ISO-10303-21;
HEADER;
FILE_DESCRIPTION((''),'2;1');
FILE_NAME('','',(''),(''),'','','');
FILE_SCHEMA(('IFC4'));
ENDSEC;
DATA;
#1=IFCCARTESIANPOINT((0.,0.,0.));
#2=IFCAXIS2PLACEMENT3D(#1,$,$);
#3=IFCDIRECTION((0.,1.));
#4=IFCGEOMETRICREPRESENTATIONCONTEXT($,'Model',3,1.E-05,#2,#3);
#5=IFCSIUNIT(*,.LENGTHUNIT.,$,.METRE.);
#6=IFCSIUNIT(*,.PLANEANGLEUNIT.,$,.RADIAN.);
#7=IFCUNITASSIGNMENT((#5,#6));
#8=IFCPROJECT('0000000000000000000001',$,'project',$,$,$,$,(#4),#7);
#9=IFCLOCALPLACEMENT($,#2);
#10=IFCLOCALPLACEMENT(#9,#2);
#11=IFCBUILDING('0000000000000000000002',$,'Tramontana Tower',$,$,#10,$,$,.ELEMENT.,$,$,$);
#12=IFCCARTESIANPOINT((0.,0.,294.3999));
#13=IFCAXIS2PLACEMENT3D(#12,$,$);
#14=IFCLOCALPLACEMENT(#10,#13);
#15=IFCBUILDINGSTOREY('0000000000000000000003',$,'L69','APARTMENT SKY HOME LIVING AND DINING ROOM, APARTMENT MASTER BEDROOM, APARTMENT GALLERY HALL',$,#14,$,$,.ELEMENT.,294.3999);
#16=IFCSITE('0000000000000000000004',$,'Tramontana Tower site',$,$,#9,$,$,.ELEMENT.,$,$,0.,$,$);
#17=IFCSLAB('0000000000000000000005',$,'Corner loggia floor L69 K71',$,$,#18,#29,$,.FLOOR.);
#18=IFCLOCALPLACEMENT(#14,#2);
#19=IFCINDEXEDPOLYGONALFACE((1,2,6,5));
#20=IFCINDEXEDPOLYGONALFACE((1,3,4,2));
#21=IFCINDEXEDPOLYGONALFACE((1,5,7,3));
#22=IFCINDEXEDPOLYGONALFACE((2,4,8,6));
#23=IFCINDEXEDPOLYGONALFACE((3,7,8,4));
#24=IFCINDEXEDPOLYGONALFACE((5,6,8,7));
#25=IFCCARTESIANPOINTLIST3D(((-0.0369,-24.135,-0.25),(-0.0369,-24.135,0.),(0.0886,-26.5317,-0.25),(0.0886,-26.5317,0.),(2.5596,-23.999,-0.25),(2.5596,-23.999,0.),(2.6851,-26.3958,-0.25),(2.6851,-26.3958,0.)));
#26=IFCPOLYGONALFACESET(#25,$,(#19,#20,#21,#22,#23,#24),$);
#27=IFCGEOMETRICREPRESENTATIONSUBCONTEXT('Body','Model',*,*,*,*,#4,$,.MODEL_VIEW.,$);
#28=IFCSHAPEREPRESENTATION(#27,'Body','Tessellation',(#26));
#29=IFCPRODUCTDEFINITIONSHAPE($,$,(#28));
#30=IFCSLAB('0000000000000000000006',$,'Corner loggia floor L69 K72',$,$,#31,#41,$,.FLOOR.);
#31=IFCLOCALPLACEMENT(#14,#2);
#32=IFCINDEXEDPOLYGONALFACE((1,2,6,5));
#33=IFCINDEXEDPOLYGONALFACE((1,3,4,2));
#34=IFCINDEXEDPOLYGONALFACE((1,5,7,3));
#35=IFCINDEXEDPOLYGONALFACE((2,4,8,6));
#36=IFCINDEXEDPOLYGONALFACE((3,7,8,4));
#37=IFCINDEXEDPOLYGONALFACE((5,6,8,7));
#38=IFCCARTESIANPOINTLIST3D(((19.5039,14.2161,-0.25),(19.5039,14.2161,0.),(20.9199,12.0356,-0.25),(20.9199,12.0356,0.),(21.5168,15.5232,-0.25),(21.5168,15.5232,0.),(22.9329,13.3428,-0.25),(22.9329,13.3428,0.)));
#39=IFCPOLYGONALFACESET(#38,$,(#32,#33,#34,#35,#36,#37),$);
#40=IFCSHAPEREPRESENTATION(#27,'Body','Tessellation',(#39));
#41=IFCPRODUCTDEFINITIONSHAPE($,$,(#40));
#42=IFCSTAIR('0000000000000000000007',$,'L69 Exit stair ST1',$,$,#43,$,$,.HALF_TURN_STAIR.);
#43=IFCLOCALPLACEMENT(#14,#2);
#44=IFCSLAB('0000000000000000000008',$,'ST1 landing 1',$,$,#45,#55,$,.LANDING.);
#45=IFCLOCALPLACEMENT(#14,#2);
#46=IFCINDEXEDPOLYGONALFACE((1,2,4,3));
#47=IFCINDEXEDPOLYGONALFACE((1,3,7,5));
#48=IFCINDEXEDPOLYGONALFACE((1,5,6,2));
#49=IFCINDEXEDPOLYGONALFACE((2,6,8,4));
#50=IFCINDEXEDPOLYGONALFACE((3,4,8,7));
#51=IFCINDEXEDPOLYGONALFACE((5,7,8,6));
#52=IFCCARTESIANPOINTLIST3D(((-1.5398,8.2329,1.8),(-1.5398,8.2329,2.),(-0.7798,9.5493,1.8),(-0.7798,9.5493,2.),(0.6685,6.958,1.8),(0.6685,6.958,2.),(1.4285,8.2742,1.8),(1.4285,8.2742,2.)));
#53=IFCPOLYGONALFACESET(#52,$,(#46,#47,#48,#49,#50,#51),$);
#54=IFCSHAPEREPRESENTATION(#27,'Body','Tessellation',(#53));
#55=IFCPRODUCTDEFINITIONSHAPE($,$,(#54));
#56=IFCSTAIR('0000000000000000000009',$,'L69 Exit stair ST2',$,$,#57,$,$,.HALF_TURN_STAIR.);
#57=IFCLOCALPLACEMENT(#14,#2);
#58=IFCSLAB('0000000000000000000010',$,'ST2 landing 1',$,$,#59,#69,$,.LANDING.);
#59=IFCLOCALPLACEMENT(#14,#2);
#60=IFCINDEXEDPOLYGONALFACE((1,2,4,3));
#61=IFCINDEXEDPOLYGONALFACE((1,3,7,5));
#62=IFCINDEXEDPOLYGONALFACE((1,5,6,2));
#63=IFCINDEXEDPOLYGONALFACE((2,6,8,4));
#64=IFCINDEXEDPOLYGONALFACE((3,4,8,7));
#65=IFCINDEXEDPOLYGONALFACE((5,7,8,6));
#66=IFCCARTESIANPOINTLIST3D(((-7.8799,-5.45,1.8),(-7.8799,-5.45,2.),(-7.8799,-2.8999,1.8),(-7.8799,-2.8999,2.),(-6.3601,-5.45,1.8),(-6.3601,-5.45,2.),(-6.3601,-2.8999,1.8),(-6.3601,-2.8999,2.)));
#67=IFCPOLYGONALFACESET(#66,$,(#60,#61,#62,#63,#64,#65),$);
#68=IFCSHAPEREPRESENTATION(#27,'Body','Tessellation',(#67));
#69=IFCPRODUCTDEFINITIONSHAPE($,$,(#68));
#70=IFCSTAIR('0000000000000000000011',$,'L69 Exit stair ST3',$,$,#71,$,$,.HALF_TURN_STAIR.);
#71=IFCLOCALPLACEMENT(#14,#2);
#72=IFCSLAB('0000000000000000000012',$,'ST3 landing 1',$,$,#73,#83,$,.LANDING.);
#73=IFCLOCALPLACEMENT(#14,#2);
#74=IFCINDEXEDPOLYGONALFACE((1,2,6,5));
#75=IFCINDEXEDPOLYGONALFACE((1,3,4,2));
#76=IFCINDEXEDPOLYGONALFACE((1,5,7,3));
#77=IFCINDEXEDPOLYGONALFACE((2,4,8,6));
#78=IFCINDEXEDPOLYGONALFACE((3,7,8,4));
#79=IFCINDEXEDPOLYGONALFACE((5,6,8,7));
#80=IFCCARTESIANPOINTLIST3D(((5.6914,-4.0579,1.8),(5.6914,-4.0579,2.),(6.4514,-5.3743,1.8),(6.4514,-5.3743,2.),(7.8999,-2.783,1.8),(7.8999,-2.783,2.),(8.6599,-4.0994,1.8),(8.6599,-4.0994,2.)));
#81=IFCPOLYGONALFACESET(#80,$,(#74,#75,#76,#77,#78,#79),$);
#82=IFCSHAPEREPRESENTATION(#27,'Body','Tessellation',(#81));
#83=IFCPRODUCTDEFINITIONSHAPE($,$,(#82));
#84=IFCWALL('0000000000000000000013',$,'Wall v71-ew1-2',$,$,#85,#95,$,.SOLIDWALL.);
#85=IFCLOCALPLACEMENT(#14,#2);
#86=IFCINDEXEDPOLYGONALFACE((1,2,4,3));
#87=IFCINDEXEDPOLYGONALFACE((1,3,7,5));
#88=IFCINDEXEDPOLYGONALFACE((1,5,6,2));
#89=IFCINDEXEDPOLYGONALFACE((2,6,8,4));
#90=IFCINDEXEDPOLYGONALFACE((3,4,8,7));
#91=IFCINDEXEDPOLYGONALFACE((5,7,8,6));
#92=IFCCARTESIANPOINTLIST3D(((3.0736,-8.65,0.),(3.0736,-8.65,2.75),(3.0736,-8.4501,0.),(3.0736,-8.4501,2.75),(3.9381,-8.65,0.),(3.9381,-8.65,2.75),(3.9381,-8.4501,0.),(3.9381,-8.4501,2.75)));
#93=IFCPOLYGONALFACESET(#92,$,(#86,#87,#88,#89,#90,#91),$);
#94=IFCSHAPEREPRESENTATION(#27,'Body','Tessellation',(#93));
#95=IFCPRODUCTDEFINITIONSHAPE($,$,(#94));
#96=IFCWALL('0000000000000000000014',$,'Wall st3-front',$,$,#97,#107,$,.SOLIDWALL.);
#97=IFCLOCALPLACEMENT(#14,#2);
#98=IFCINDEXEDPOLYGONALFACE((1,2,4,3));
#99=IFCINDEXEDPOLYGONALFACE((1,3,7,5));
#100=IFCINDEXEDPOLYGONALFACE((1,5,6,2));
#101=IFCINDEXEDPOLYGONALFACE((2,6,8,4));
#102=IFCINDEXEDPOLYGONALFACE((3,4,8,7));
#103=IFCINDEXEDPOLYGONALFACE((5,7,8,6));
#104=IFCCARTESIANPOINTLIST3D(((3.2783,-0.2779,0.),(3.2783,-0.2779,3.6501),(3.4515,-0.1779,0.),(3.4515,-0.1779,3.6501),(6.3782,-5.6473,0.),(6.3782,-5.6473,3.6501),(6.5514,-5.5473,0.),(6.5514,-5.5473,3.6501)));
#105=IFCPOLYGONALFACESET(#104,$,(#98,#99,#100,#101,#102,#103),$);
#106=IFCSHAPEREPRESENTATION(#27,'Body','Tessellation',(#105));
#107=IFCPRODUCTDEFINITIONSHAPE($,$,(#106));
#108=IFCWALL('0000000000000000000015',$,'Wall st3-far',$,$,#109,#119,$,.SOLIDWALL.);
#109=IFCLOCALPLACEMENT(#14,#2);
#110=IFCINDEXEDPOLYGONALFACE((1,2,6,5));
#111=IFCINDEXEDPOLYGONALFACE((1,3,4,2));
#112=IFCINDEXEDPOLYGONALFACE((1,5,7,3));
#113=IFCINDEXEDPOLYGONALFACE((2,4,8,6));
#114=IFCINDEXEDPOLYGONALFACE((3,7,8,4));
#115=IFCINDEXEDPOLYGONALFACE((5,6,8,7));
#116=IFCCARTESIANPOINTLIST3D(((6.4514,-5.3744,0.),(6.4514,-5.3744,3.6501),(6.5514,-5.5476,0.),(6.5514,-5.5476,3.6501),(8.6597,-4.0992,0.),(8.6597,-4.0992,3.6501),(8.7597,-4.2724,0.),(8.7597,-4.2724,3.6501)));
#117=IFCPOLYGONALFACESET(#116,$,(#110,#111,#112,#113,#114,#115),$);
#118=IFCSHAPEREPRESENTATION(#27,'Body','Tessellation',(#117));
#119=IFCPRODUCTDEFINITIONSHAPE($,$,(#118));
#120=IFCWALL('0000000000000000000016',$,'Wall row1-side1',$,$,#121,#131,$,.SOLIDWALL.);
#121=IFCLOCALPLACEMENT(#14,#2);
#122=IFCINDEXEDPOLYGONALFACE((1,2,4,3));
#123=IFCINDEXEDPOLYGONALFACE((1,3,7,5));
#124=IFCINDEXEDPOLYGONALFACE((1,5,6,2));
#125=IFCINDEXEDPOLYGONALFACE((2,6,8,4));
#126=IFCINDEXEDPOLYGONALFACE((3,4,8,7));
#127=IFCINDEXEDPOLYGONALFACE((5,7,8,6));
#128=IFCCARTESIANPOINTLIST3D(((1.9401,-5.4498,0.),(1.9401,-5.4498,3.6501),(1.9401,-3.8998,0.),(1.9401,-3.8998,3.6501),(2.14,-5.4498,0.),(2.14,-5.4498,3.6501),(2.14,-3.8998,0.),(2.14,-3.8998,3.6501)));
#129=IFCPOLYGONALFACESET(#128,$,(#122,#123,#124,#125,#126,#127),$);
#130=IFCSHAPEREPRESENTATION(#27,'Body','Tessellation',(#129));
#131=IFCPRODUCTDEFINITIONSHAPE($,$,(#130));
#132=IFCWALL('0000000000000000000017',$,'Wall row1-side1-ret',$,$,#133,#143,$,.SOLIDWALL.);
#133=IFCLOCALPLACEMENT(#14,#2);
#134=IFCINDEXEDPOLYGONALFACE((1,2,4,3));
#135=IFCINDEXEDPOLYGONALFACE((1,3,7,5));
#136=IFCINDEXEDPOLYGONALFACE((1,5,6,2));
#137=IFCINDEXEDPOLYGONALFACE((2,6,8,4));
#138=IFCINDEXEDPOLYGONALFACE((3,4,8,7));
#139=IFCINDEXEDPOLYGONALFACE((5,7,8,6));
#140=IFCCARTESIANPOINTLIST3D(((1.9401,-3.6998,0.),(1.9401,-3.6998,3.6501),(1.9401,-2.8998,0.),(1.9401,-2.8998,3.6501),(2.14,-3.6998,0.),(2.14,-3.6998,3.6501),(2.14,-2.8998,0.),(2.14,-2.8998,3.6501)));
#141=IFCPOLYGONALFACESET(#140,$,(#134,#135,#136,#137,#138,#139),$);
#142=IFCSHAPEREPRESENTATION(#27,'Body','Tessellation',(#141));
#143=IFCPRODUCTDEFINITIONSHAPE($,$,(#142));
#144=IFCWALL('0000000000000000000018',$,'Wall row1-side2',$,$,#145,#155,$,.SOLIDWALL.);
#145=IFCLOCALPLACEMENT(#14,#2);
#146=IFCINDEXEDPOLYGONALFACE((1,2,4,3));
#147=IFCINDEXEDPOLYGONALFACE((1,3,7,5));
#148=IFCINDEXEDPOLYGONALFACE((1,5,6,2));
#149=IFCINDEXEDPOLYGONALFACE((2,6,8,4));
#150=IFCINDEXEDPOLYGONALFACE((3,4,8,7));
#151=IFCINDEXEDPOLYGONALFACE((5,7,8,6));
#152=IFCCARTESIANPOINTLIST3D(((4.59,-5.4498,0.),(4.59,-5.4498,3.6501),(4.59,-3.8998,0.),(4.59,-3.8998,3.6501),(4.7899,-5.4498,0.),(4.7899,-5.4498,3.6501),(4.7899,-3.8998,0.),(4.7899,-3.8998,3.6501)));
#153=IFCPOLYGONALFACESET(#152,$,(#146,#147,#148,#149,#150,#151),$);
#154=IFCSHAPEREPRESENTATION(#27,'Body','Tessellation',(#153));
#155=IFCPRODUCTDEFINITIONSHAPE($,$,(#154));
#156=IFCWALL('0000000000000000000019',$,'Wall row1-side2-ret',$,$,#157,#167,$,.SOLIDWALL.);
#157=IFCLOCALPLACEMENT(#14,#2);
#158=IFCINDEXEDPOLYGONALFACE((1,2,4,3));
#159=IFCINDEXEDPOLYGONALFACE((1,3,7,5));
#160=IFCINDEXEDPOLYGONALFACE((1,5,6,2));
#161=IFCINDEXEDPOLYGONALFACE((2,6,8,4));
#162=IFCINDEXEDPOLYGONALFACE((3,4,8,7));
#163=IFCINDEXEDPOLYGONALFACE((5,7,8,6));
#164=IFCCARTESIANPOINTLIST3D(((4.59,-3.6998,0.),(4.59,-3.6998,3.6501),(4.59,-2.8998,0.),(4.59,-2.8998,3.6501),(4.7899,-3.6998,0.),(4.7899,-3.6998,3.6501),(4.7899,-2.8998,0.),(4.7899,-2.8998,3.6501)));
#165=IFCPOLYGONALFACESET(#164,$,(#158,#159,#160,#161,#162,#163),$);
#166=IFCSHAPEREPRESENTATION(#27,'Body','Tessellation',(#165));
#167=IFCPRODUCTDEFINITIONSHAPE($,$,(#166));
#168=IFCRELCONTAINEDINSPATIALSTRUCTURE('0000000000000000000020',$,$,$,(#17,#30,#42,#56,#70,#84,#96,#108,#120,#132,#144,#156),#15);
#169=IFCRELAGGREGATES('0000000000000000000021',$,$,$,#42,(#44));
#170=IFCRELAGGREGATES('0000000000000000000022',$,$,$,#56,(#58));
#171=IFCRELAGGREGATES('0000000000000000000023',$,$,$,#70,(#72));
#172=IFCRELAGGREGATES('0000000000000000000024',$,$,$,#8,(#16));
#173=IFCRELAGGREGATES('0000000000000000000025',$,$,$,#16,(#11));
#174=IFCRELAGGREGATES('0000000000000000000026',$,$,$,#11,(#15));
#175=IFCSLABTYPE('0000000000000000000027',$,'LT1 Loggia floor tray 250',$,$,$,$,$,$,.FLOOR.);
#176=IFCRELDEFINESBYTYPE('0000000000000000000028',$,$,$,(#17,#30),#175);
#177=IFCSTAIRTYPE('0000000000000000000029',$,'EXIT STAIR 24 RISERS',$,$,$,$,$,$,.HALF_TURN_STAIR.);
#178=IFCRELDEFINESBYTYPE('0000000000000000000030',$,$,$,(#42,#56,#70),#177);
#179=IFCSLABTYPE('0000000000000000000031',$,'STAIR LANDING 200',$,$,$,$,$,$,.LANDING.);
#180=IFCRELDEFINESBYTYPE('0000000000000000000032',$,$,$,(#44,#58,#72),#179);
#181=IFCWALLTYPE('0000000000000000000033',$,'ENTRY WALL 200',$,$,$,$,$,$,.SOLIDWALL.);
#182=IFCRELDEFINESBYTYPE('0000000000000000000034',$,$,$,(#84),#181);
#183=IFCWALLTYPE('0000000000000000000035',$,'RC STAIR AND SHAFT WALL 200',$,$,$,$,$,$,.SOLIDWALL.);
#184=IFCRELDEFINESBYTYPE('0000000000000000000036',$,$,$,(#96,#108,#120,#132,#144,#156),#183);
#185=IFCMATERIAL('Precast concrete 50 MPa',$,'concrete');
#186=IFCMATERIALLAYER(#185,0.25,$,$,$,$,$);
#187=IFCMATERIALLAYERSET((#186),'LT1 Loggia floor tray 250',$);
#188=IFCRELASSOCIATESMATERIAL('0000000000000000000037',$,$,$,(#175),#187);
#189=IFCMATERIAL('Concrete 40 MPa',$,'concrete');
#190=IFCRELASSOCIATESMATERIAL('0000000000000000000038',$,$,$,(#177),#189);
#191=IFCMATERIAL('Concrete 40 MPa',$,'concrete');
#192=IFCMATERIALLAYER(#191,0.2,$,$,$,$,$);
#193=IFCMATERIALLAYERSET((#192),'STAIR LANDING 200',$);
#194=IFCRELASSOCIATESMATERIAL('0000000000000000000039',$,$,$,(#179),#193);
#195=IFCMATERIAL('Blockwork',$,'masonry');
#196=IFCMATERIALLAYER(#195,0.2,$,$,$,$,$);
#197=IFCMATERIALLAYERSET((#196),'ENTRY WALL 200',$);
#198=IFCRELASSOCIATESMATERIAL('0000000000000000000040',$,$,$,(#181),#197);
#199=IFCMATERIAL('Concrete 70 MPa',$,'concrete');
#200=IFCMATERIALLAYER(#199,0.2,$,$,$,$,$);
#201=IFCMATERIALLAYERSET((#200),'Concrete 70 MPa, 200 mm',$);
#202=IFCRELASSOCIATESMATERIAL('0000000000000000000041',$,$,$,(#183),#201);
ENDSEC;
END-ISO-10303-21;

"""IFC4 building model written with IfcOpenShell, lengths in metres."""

from ifc_helpers import new_model, si_unit, direction, frame, frame_2d, origin, place, context, subcontext, project, spatial, polyline, rectangle, outline, extrude, material, layer, layer_set, type_object, element, aggregate, save


model = new_model("IFC4")

# Units and contexts
model_context = context("Model", 3, precision=1e-05, world=origin(), true_north=direction((0.0, 1.0)))
body_context = subcontext(model_context, "Body", "Model", "MODEL_VIEW")
ifc_project = project(units=[si_unit("LENGTHUNIT", "METRE"), si_unit("PLANEANGLEUNIT", "RADIAN")], contexts=[model_context])

# Site, building, storey
site_placement = place(None, origin())
site = spatial("IfcSite", under=ifc_project, at=site_placement, Name="Tramontana Tower site", CompositionType="ELEMENT", RefElevation=0.0)
building_placement = place(site_placement, origin())
building = spatial("IfcBuilding", under=site, at=building_placement, Name="Tramontana Tower", CompositionType="ELEMENT")
storey_placement = place(building_placement, frame((0.0, 0.0, 294.3999)))
storey = spatial("IfcBuildingStorey", under=building, at=storey_placement, Name="L69", Description="APARTMENT SKY HOME LIVING AND DINING ROOM, APARTMENT MASTER BEDROOM, APARTMENT GALLERY HALL", CompositionType="ELEMENT", Elevation=294.3999)

# Slabs
ifc_material_1 = material(Name="Precast concrete 50 MPa", Category="concrete")
ifc_layer_1 = layer(ifc_material_1, 0.25)
ifc_layer_set_1 = layer_set([ifc_layer_1], Name="LT1 Loggia floor tray 250")
slab_type_1 = type_object("IfcSlabType", Name="LT1 Loggia floor tray 250", PredefinedType="FLOOR", material=ifc_layer_set_1)
slab_1_placement = place(storey_placement, frame((0.0, 0.0, -0.25)))
element("IfcSlab", 1, at=slab_1_placement, inside=storey, type_object=slab_type_1, Name="Corner loggia floor L69 K71", PredefinedType="FLOOR", context=body_context, shape_type="SweptSolid", body=[
    extrude(outline(polyline([(0.0886, -26.5317), (-0.0369, -24.135), (2.5596, -23.999), (2.6851, -26.3958), (0.0886, -26.5317)])), origin(), (0.0, 0.0, 1.0), 0.25),
])
slab_2_placement = place(storey_placement, frame((0.0, 0.0, -0.25)))
element("IfcSlab", 2, at=slab_2_placement, inside=storey, type_object=slab_type_1, Name="Corner loggia floor L69 K72", PredefinedType="FLOOR", context=body_context, shape_type="SweptSolid", body=[
    extrude(outline(polyline([(22.9329, 13.3428), (20.9199, 12.0356), (19.5039, 14.2161), (21.5168, 15.5232), (22.9329, 13.3428)])), origin(), (0.0, 0.0, 1.0), 0.25),
])

# Stairs, slabs
ifc_material_2 = material(Name="Concrete 40 MPa", Category="concrete")
stair_type = type_object("IfcStairType", Name="EXIT STAIR 24 RISERS", PredefinedType="HALF_TURN_STAIR", material=ifc_material_2)
stair_1_placement = place(storey_placement, origin())
stair_1 = element("IfcStair", 3, at=stair_1_placement, inside=storey, type_object=stair_type, Name="L69 Exit stair ST1", PredefinedType="HALF_TURN_STAIR")
ifc_material_3 = material(Name="Concrete 40 MPa", Category="concrete")
ifc_layer_2 = layer(ifc_material_3, 0.2)
ifc_layer_set_2 = layer_set([ifc_layer_2], Name="STAIR LANDING 200")
slab_type_2 = type_object("IfcSlabType", Name="STAIR LANDING 200", PredefinedType="LANDING", material=ifc_layer_set_2)
slab_3_placement = place(storey_placement, frame((0.0, 0.0, 1.8)))
slab_3 = element("IfcSlab", 4, at=slab_3_placement, type_object=slab_type_2, Name="ST1 landing 1", PredefinedType="LANDING", context=body_context, shape_type="SweptSolid", body=[
    extrude(outline(polyline([(0.6685, 6.958), (1.4285, 8.2742), (-0.7798, 9.5493), (-1.5398, 8.2329), (0.6685, 6.958)])), origin(), (0.0, 0.0, 1.0), 0.2),
])
aggregate(stair_1, [slab_3])
stair_2_placement = place(storey_placement, origin())
stair_2 = element("IfcStair", 5, at=stair_2_placement, inside=storey, type_object=stair_type, Name="L69 Exit stair ST2", PredefinedType="HALF_TURN_STAIR")
slab_4_placement = place(storey_placement, frame((0.0, 0.0, 1.8)))
slab_4 = element("IfcSlab", 6, at=slab_4_placement, type_object=slab_type_2, Name="ST2 landing 1", PredefinedType="LANDING", context=body_context, shape_type="SweptSolid", body=[
    extrude(outline(polyline([(-6.3601, -2.8999), (-7.8799, -2.8999), (-7.8799, -5.45), (-6.3601, -5.45), (-6.3601, -2.8999)])), origin(), (0.0, 0.0, 1.0), 0.2),
])
aggregate(stair_2, [slab_4])
stair_3_placement = place(storey_placement, origin())
stair_3 = element("IfcStair", 7, at=stair_3_placement, inside=storey, type_object=stair_type, Name="L69 Exit stair ST3", PredefinedType="HALF_TURN_STAIR")
slab_5_placement = place(storey_placement, frame((0.0, 0.0, 1.8)))
slab_5 = element("IfcSlab", 8, at=slab_5_placement, type_object=slab_type_2, Name="ST3 landing 1", PredefinedType="LANDING", context=body_context, shape_type="SweptSolid", body=[
    extrude(outline(polyline([(5.6914, -4.0579), (6.4514, -5.3743), (8.6599, -4.0994), (7.8999, -2.783), (5.6914, -4.0579)])), origin(), (0.0, 0.0, 1.0), 0.2),
])

# Walls
ifc_material_4 = material(Name="Blockwork", Category="masonry")
ifc_layer_3 = layer(ifc_material_4, 0.2)
ifc_layer_set_3 = layer_set([ifc_layer_3], Name="ENTRY WALL 200")
wall_type_1 = type_object("IfcWallType", Name="ENTRY WALL 200", PredefinedType="SOLIDWALL", material=ifc_layer_set_3)
wall_1_placement = place(storey_placement, frame((3.938, -8.55, 0.0), z_axis=(0.0, 0.0, 1.0), x_axis=(-1.0, 0.0, 0.0)))
element("IfcWall", 9, at=wall_1_placement, inside=storey, type_object=wall_type_1, Name="Wall v71-ew1-2", PredefinedType="SOLIDWALL", context=body_context, shape_type="SweptSolid", body=[
    extrude(rectangle(XDim=0.8645, YDim=0.2, at=frame_2d((0.4321, 0.0))), origin(), (0.0, 0.0, 1.0), 2.75),
])
ifc_material_5 = material(Name="Concrete 70 MPa", Category="concrete")
ifc_layer_4 = layer(ifc_material_5, 0.2)
ifc_layer_set_4 = layer_set([ifc_layer_4], Name="Concrete 70 MPa, 200 mm")
wall_type_2 = type_object("IfcWallType", Name="RC STAIR AND SHAFT WALL 200", PredefinedType="SOLIDWALL", material=ifc_layer_set_4)
wall_2_placement = place(storey_placement, frame((6.4648, -5.5974, 0.0), z_axis=(0.0, 0.0, 1.0), x_axis=(-0.49998, 0.866037, 0.0)))
element("IfcWall", 10, at=wall_2_placement, inside=storey, type_object=wall_type_2, Name="Wall st3-front", PredefinedType="SOLIDWALL", context=body_context, shape_type="SweptSolid", body=[
    extrude(rectangle(XDim=6.2, YDim=0.2, at=frame_2d((3.1001, 0.0))), origin(), (0.0, 0.0, 1.0), 3.6501),
])
wall_3_placement = place(storey_placement, frame((6.5015, -5.4609, 0.0), z_axis=(0.0, 0.0, 1.0), x_axis=(0.865989, 0.500062, 0.0)))
element("IfcWall", 11, at=wall_3_placement, inside=storey, type_object=wall_type_2, Name="Wall st3-far", PredefinedType="SOLIDWALL", context=body_context, shape_type="SweptSolid", body=[
    extrude(rectangle(XDim=2.55, YDim=0.2, at=frame_2d((1.2749, 0.0))), origin(), (0.0, 0.0, 1.0), 3.6501),
])

# Walls
wall_4_placement = place(storey_placement, frame((2.04, -3.8999, 0.0), z_axis=(0.0, 0.0, 1.0), x_axis=(0.0, -1.0, 0.0)))
element("IfcWall", 12, at=wall_4_placement, inside=storey, type_object=wall_type_2, Name="Wall row1-side1", PredefinedType="SOLIDWALL", context=body_context, shape_type="SweptSolid", body=[
    extrude(rectangle(XDim=1.55, YDim=0.2, at=frame_2d((0.7749, 0.0))), origin(), (0.0, 0.0, 1.0), 3.6501),
])
wall_5_placement = place(storey_placement, frame((2.04, -2.8999, 0.0), z_axis=(0.0, 0.0, 1.0), x_axis=(0.0, -1.0, 0.0)))
element("IfcWall", 13, at=wall_5_placement, inside=storey, type_object=wall_type_2, Name="Wall row1-side1-ret", PredefinedType="SOLIDWALL", context=body_context, shape_type="SweptSolid", body=[
    extrude(rectangle(XDim=0.8, YDim=0.2, at=frame_2d((0.3999, 0.0))), origin(), (0.0, 0.0, 1.0), 3.6501),
])
wall_6_placement = place(storey_placement, frame((4.6899, -3.8999, 0.0), z_axis=(0.0, 0.0, 1.0), x_axis=(0.0, -1.0, 0.0)))
element("IfcWall", 14, at=wall_6_placement, inside=storey, type_object=wall_type_2, Name="Wall row1-side2", PredefinedType="SOLIDWALL", context=body_context, shape_type="SweptSolid", body=[
    extrude(rectangle(XDim=1.55, YDim=0.2, at=frame_2d((0.7749, 0.0))), origin(), (0.0, 0.0, 1.0), 3.6501),
])
wall_7_placement = place(storey_placement, frame((4.6899, -2.8999, 0.0), z_axis=(0.0, 0.0, 1.0), x_axis=(0.0, -1.0, 0.0)))
element("IfcWall", 15, at=wall_7_placement, inside=storey, type_object=wall_type_2, Name="Wall row1-side2-ret", PredefinedType="SOLIDWALL", context=body_context, shape_type="SweptSolid", body=[
    extrude(rectangle(XDim=0.8, YDim=0.2, at=frame_2d((0.3999, 0.0))), origin(), (0.0, 0.0, 1.0), 3.6501),
])

aggregate(stair_3, [slab_5])

save(model, "model.ifc")
